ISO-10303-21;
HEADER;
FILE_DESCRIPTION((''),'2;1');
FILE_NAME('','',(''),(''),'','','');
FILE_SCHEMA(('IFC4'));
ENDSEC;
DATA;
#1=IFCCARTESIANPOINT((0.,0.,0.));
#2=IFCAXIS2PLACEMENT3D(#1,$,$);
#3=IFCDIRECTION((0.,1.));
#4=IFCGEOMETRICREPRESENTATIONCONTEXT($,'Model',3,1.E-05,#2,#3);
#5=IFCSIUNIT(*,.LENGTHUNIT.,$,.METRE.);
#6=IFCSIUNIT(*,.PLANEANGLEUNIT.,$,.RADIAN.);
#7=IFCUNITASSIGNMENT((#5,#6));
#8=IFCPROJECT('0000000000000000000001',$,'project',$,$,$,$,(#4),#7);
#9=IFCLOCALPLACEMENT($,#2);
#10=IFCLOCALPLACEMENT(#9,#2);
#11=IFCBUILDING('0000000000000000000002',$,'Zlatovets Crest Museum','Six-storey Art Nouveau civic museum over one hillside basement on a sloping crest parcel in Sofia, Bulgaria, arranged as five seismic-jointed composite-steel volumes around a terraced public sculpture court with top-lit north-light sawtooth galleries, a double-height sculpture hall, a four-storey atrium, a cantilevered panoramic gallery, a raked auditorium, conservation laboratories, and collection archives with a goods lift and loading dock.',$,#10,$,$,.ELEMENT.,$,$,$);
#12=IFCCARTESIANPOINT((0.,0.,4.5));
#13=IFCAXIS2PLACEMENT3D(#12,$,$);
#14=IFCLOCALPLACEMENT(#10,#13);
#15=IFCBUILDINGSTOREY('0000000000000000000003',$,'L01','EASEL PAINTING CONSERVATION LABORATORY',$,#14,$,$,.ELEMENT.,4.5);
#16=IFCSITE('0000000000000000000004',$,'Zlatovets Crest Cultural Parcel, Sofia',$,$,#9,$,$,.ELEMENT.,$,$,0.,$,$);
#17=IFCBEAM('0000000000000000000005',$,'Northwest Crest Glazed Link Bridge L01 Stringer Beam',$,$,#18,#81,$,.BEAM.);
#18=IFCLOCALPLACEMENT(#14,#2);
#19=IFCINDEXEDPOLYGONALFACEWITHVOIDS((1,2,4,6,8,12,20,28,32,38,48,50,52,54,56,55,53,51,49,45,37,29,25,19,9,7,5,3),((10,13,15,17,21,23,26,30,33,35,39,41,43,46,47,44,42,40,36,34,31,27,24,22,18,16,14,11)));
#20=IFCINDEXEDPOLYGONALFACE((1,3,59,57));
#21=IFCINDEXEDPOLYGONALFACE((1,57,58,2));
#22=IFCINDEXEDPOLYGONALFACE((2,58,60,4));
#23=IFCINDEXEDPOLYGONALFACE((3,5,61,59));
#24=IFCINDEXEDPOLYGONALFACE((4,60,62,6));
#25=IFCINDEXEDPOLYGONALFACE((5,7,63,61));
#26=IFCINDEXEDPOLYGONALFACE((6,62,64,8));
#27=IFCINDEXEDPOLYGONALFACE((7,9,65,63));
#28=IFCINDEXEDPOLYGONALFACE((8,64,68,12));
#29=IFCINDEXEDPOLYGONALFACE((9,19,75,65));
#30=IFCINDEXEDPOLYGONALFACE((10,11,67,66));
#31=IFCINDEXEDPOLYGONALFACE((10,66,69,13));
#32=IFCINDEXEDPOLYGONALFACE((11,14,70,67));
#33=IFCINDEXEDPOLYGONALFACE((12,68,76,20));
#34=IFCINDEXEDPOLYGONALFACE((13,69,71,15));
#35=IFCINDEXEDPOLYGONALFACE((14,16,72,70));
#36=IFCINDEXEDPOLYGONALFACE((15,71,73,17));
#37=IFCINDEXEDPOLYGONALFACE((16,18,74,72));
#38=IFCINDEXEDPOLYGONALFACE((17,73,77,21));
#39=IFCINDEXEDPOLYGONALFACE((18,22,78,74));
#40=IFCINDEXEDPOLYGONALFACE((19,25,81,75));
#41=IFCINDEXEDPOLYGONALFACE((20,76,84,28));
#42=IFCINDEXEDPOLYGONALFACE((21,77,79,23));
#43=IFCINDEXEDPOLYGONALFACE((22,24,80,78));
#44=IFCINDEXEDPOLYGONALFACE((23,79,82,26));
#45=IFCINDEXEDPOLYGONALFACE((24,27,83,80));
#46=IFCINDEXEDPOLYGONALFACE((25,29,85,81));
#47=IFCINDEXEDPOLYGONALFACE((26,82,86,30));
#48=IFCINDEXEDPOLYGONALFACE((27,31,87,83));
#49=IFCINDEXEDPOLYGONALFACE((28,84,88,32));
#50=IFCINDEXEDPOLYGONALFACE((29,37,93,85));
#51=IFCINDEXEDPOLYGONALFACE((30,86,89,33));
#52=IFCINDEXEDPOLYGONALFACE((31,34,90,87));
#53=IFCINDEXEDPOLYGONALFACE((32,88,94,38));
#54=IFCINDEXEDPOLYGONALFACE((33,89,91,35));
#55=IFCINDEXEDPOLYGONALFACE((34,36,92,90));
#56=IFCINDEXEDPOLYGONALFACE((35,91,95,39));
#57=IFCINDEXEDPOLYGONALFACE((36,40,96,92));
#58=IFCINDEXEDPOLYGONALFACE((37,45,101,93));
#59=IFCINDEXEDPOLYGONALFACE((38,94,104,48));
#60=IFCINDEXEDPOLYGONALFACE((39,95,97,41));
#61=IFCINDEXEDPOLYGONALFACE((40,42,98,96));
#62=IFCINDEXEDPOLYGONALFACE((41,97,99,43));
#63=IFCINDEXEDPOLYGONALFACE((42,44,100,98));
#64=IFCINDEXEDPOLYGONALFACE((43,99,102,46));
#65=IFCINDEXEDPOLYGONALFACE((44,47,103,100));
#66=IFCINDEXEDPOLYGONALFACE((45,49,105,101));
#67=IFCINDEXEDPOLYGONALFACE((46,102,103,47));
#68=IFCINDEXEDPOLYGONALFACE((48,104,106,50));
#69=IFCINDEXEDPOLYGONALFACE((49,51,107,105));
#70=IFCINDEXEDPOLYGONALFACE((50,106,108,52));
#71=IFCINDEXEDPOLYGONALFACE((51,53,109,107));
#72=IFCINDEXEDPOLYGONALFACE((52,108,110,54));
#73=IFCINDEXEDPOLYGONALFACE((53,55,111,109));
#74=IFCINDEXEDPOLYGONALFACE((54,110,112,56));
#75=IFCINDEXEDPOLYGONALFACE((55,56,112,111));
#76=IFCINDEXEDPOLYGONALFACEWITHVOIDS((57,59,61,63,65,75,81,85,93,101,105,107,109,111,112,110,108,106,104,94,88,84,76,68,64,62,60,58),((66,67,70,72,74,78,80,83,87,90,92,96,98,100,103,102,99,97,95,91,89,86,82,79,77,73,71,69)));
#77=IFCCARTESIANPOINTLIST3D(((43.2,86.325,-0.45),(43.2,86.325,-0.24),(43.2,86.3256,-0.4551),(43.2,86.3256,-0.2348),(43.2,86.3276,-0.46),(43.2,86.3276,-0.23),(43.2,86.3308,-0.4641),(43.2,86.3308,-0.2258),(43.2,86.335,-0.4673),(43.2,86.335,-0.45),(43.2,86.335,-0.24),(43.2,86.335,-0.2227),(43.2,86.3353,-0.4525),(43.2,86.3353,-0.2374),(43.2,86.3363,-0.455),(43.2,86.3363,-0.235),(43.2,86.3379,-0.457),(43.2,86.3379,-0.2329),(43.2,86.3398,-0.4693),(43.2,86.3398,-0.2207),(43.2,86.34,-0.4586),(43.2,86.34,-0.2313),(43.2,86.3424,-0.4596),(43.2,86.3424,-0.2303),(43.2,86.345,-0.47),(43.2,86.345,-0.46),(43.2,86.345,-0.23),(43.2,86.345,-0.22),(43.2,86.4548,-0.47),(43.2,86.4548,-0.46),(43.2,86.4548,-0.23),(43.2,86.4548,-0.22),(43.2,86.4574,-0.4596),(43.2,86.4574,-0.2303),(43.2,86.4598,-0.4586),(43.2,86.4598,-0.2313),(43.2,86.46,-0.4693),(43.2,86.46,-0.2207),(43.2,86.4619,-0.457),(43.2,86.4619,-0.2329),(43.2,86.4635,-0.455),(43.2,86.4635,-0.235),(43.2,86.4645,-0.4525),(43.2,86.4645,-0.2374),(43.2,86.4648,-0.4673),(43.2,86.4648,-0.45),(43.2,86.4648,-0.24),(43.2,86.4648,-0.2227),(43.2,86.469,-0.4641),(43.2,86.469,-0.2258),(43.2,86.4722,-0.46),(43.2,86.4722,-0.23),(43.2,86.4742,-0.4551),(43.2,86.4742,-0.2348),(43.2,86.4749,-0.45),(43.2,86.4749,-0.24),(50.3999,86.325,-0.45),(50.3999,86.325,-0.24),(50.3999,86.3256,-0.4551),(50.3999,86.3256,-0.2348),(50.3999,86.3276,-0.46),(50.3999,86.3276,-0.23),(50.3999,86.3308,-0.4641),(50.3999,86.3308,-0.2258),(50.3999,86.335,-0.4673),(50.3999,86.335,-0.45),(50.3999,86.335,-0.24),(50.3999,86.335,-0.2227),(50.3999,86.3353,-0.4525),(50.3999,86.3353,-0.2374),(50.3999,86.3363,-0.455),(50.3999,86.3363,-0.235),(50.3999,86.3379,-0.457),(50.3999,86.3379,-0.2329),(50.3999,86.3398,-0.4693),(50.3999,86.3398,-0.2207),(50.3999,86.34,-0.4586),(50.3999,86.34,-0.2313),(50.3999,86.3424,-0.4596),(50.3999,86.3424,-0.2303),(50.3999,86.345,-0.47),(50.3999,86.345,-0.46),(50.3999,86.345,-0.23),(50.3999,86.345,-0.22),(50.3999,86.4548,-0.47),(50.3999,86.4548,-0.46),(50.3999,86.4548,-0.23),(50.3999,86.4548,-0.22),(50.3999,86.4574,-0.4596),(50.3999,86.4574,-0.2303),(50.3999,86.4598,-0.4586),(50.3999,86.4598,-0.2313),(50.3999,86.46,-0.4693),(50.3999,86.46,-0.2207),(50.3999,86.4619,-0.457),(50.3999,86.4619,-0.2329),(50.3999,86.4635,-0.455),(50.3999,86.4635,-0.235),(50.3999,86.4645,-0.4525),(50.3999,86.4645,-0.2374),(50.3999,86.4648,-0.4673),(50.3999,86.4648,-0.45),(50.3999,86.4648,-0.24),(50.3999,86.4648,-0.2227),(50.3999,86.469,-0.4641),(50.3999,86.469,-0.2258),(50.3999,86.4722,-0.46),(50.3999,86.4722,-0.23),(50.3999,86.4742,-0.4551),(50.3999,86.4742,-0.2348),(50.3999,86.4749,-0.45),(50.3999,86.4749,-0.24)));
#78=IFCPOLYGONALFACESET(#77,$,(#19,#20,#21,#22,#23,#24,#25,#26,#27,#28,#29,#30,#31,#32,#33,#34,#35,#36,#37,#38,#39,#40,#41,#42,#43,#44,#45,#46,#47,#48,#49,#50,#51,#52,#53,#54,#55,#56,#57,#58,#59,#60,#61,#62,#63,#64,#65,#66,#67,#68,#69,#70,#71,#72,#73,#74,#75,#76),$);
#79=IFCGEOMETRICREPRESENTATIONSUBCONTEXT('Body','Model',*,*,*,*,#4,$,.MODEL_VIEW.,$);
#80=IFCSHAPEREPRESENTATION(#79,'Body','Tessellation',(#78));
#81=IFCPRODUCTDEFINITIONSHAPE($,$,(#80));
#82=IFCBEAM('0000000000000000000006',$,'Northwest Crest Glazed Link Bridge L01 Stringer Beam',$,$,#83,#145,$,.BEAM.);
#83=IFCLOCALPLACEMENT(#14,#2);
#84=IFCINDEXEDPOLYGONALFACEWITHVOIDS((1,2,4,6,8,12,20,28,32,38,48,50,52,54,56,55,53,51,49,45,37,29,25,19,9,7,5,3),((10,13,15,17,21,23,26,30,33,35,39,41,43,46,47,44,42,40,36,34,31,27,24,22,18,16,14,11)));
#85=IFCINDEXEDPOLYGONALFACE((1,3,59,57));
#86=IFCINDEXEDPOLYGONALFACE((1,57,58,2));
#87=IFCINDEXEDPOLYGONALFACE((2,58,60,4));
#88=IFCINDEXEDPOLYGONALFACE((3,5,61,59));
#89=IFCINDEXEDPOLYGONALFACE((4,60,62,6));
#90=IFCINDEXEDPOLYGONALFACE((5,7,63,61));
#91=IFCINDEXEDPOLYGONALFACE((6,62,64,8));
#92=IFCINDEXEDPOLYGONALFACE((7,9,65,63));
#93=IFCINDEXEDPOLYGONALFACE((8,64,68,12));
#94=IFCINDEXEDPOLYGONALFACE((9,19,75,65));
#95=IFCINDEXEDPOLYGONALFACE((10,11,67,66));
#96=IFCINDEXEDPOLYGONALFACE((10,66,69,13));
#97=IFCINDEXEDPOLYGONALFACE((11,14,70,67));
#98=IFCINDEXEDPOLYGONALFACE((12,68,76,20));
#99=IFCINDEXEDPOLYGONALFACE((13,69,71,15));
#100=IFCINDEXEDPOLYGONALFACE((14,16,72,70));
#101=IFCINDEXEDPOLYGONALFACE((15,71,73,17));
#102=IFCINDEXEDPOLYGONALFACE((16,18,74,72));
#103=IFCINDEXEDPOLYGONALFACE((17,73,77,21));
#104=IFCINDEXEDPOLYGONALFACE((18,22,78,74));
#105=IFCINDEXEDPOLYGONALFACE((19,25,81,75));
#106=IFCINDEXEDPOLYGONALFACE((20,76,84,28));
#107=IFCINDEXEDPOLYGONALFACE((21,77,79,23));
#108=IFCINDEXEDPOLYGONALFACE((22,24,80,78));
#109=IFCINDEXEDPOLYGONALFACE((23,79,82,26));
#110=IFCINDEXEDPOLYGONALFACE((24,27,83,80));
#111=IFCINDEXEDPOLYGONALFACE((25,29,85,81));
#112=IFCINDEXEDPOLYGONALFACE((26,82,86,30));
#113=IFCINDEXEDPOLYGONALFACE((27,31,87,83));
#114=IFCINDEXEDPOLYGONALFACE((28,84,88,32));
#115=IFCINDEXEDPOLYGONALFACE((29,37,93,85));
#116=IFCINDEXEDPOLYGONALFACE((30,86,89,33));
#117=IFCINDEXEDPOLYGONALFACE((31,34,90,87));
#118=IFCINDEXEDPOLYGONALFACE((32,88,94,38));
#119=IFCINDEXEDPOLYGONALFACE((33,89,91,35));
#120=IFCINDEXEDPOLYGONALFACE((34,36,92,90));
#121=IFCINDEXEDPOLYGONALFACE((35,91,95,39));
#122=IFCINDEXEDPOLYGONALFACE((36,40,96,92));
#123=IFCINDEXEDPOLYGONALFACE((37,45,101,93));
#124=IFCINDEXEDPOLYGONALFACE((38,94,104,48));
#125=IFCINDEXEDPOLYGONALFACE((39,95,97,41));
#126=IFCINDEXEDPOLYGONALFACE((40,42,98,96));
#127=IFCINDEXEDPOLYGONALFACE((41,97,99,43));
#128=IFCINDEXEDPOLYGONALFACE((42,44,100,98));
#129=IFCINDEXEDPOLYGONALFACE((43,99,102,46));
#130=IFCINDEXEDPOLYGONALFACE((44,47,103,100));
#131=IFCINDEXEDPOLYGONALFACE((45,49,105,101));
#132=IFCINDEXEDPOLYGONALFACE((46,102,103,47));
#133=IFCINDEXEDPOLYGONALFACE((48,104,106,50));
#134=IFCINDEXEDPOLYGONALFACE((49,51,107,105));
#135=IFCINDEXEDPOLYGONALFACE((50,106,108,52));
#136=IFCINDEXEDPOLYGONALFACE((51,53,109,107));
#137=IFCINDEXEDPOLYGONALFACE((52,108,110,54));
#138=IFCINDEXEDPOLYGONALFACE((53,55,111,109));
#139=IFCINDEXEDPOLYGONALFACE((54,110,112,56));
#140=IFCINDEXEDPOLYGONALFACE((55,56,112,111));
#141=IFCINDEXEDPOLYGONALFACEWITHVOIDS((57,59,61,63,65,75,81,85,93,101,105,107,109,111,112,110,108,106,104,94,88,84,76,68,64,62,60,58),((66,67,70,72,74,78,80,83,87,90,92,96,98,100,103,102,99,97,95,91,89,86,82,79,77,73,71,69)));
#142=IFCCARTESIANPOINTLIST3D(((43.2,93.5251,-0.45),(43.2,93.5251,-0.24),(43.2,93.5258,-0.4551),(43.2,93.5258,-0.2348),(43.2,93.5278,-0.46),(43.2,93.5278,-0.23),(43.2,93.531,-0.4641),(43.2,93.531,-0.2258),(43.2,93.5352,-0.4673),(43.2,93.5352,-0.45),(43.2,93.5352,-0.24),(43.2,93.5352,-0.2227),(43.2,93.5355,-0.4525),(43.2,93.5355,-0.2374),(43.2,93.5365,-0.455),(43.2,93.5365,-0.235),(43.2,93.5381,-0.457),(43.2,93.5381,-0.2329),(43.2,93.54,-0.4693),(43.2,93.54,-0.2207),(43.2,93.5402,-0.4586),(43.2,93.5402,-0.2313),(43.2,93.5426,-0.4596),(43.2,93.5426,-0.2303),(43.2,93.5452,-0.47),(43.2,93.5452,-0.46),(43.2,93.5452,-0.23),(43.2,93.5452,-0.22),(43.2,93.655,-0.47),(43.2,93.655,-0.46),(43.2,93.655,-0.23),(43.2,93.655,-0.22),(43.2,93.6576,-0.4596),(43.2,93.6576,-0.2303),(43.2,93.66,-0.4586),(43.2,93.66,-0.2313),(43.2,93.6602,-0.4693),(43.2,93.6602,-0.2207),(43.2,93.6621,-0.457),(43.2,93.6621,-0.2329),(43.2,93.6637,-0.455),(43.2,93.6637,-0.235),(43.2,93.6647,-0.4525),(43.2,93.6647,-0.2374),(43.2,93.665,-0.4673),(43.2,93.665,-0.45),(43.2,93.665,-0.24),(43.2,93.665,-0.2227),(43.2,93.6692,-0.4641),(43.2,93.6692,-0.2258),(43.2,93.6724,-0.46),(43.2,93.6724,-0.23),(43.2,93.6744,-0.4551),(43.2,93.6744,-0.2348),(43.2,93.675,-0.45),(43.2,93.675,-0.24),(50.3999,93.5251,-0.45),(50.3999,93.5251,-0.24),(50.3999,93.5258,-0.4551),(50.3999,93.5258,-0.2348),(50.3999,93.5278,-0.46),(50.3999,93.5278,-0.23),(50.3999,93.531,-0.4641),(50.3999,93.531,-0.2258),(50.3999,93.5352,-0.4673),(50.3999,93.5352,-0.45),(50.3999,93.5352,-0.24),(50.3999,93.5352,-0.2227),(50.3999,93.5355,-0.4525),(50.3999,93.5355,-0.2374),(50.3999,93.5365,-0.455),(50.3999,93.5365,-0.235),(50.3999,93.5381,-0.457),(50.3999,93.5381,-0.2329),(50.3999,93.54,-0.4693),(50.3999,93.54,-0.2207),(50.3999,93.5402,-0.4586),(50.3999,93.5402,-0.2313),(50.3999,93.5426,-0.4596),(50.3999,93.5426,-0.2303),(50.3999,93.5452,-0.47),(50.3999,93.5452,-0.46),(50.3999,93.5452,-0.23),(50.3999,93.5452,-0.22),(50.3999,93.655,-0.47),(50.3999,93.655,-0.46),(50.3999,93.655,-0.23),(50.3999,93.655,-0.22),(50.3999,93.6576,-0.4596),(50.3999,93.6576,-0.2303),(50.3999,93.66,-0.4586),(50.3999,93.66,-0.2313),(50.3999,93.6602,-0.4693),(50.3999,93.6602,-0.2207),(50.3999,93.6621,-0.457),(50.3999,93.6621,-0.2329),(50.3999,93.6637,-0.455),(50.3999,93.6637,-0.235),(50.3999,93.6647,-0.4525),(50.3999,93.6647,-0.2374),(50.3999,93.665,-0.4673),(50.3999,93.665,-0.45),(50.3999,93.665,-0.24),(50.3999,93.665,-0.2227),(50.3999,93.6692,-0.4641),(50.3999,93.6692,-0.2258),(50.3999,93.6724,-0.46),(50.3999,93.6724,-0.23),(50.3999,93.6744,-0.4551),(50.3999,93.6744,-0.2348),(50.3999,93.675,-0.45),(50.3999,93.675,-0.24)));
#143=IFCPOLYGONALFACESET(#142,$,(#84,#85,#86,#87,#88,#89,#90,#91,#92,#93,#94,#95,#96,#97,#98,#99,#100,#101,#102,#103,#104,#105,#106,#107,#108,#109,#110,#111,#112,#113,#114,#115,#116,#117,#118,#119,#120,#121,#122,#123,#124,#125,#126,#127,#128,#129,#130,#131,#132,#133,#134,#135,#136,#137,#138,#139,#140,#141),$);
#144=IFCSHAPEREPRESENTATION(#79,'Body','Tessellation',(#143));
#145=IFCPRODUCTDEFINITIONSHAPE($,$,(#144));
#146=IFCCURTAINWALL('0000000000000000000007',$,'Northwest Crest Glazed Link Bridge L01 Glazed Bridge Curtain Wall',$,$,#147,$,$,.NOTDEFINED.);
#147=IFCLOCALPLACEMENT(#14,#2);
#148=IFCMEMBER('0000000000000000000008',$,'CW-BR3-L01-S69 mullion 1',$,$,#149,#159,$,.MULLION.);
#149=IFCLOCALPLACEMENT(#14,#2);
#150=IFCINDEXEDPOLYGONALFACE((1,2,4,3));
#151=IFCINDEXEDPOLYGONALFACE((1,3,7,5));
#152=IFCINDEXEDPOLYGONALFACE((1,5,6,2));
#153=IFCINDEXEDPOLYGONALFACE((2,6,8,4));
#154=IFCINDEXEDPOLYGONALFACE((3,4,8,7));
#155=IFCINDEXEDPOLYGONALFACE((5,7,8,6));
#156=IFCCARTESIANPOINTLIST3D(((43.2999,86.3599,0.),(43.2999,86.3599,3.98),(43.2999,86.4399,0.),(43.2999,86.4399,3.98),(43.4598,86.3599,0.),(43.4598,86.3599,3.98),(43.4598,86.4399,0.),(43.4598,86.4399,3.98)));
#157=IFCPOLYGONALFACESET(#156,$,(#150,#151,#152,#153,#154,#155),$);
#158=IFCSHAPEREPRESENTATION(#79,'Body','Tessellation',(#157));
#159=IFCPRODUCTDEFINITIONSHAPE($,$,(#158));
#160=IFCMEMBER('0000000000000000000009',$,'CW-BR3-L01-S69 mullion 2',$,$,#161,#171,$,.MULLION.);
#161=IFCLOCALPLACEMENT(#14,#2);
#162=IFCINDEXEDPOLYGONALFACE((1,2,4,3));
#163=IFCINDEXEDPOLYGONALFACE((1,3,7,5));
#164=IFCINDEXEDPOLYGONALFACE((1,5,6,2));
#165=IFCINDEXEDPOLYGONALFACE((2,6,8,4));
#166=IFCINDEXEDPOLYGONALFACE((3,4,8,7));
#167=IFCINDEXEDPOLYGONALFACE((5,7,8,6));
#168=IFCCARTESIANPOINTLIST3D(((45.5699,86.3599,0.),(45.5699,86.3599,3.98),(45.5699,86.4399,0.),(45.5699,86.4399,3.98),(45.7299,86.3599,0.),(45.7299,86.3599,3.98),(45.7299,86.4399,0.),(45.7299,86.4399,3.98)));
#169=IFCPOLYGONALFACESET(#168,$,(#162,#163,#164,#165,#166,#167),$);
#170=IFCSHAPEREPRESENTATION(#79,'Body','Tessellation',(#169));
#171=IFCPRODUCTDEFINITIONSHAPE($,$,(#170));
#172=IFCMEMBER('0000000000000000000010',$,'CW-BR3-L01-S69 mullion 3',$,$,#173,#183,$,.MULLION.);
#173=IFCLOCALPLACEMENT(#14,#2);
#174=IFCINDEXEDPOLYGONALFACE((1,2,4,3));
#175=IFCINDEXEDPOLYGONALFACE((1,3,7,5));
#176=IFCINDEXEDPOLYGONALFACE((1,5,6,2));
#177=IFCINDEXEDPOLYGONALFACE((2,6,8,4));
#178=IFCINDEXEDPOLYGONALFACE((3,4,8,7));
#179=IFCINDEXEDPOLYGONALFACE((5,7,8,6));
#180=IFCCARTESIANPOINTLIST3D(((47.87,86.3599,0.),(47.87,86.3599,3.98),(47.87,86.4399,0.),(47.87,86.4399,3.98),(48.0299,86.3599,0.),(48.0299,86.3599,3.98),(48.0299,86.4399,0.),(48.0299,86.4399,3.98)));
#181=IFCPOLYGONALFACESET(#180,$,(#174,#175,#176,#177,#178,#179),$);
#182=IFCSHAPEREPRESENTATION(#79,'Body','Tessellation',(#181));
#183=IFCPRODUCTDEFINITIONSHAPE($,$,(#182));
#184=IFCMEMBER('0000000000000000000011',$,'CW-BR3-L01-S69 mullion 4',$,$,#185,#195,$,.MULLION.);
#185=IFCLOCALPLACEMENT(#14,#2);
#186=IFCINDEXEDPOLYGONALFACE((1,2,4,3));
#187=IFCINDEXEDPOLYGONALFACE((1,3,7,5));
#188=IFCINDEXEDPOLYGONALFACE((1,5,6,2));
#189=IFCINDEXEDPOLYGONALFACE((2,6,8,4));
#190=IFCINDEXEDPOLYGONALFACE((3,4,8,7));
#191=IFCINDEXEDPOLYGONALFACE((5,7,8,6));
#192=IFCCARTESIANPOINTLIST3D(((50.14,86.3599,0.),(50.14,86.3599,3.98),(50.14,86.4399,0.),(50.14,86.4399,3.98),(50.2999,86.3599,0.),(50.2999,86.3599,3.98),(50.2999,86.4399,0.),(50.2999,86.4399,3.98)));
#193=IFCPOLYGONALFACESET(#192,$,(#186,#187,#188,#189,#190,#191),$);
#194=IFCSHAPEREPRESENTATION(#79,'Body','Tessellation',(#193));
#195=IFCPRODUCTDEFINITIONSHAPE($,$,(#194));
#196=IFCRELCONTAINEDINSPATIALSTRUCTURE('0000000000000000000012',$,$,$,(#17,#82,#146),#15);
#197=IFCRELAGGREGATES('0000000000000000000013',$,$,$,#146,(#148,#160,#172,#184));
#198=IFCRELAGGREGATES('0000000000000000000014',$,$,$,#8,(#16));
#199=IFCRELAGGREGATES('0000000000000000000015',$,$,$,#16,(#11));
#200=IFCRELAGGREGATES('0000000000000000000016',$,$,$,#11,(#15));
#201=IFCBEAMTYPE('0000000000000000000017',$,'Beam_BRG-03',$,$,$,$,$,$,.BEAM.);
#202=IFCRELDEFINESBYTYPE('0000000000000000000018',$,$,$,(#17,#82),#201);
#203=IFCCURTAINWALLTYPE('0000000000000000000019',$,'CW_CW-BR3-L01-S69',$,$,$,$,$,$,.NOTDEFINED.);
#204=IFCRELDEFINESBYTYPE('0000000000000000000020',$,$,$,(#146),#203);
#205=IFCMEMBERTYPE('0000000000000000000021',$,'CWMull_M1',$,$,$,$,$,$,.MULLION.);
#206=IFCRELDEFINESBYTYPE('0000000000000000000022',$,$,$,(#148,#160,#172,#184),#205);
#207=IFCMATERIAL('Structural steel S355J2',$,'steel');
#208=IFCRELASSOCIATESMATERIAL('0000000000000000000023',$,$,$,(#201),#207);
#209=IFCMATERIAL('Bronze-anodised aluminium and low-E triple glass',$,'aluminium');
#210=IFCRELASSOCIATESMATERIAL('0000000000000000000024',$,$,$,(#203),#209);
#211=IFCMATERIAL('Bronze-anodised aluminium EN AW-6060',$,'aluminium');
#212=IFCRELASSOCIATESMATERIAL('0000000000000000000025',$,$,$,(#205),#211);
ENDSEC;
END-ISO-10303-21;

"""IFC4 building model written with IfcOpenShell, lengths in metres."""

from ifc_helpers import new_model, si_unit, direction, frame, origin, origin_2d, place, context, subcontext, project, spatial, rectangle, hollow_rectangle, extrude, material, material_profile, profile_set, type_object, element, aggregate, save


model = new_model("IFC4")

# Units and contexts
model_context = context("Model", 3, precision=1e-05, world=origin(), true_north=direction((0.0, 1.0)))
body_context = subcontext(model_context, "Body", "Model", "MODEL_VIEW")
ifc_project = project(units=[si_unit("LENGTHUNIT", "METRE"), si_unit("PLANEANGLEUNIT", "RADIAN")], contexts=[model_context])

# Site, building, storey
site_placement = place(None, origin())
site = spatial("IfcSite", under=ifc_project, at=site_placement, Name="Zlatovets Crest Cultural Parcel, Sofia", CompositionType="ELEMENT", RefElevation=0.0)
building_placement = place(site_placement, origin())
building = spatial("IfcBuilding", under=site, at=building_placement, Name="Zlatovets Crest Museum", Description="Six-storey Art Nouveau civic museum over one hillside basement on a sloping crest parcel in Sofia, Bulgaria, arranged as five seismic-jointed composite-steel volumes around a terraced public sculpture court with top-lit north-light sawtooth galleries, a double-height sculpture hall, a four-storey atrium, a cantilevered panoramic gallery, a raked auditorium, conservation laboratories, and collection archives with a goods lift and loading dock.", CompositionType="ELEMENT")
storey_placement = place(building_placement, frame((0.0, 0.0, 4.5)))
storey = spatial("IfcBuildingStorey", under=building, at=storey_placement, Name="L01", Description="EASEL PAINTING CONSERVATION LABORATORY", CompositionType="ELEMENT", Elevation=4.5)

# Shared definitions
ifc_material_1 = material(Name="Structural steel S355J2", Category="steel")

# Beams
ifc_material_profile_1 = material_profile(ifc_material_1, hollow_rectangle(XDim=0.1499, YDim=0.25, WallThickness=0.01, InnerFilletRadius=0.01, OuterFilletRadius=0.02, at=origin_2d()), Name="RHS 150x250x10.0")
ifc_profile_set_1 = profile_set([ifc_material_profile_1], Name="Structural steel S355J2")
beam_type_1 = type_object("IfcBeamType", Name="Beam_BRG-03", PredefinedType="BEAM", material=ifc_profile_set_1)
for number, where, z_axis, x_axis, name in (
    (1, (43.2, 86.3999, -0.345), (1.0, 0.0, 0.0), (0.0, 1.0, 0.0), "Northwest Crest Glazed Link Bridge L01 Stringer Beam"),
    (2, (43.2, 93.6001, -0.345), (1.0, 0.0, 0.0), (0.0, 1.0, 0.0), "Northwest Crest Glazed Link Bridge L01 Stringer Beam"),
):
    element("IfcBeam", number, at=place(storey_placement, frame(where, z_axis=z_axis, x_axis=x_axis)), inside=storey, type_object=beam_type_1, Name=name, PredefinedType="BEAM", context=body_context, shape_type="SweptSolid", body=[
        extrude(hollow_rectangle(XDim=0.1499, YDim=0.25, WallThickness=0.01, InnerFilletRadius=0.01, OuterFilletRadius=0.02, at=origin_2d()), origin(), (0.0, 0.0, 1.0), 7.2),
    ])

# Curtain wall, members
ifc_material_2 = material(Name="Bronze-anodised aluminium and low-E triple glass", Category="aluminium")
curtain_wall_type = type_object("IfcCurtainWallType", Name="CW_CW-BR3-L01-S69", PredefinedType="NOTDEFINED", material=ifc_material_2)
curtain_wall_1_placement = place(storey_placement, origin())
curtain_wall_1 = element("IfcCurtainWall", 3, at=curtain_wall_1_placement, inside=storey, type_object=curtain_wall_type, Name="Northwest Crest Glazed Link Bridge L01 Glazed Bridge Curtain Wall", PredefinedType="NOTDEFINED")
ifc_material_3 = material(Name="Bronze-anodised aluminium EN AW-6060", Category="aluminium")
ifc_material_profile_2 = material_profile(ifc_material_3, rectangle(XDim=0.0801, YDim=0.1599, at=origin_2d()), Name="ALU 80x160")
ifc_profile_set_2 = profile_set([ifc_material_profile_2], Name="Bronze-anodised aluminium EN AW-6060")
member_type_1 = type_object("IfcMemberType", Name="CWMull_M1", PredefinedType="MULLION", material=ifc_profile_set_2)
member_1_placement = place(storey_placement, frame((43.3799, 86.3999, 0.0), z_axis=(0.0, 0.0, 1.0), x_axis=(0.0, 1.0, 0.0)))
member_1 = element("IfcMember", 4, at=member_1_placement, type_object=member_type_1, Name="CW-BR3-L01-S69 mullion 1", PredefinedType="MULLION", context=body_context, shape_type="SweptSolid", body=[
    extrude(rectangle(XDim=0.0801, YDim=0.1599, at=origin_2d()), origin(), (0.0, 0.0, 1.0), 3.98),
])
member_2_placement = place(storey_placement, frame((45.6499, 86.3999, 0.0), z_axis=(0.0, 0.0, 1.0), x_axis=(0.0, 1.0, 0.0)))
member_2 = element("IfcMember", 5, at=member_2_placement, type_object=member_type_1, Name="CW-BR3-L01-S69 mullion 2", PredefinedType="MULLION", context=body_context, shape_type="SweptSolid", body=[
    extrude(rectangle(XDim=0.0801, YDim=0.1599, at=origin_2d()), origin(), (0.0, 0.0, 1.0), 3.98),
])
member_3_placement = place(storey_placement, frame((47.95, 86.3999, 0.0), z_axis=(0.0, 0.0, 1.0), x_axis=(0.0, 1.0, 0.0)))
member_3 = element("IfcMember", 6, at=member_3_placement, type_object=member_type_1, Name="CW-BR3-L01-S69 mullion 3", PredefinedType="MULLION", context=body_context, shape_type="SweptSolid", body=[
    extrude(rectangle(XDim=0.0801, YDim=0.1599, at=origin_2d()), origin(), (0.0, 0.0, 1.0), 3.98),
])
member_4_placement = place(storey_placement, frame((50.22, 86.3999, 0.0), z_axis=(0.0, 0.0, 1.0), x_axis=(0.0, 1.0, 0.0)))
member_4 = element("IfcMember", 7, at=member_4_placement, type_object=member_type_1, Name="CW-BR3-L01-S69 mullion 4", PredefinedType="MULLION", context=body_context, shape_type="SweptSolid", body=[
    extrude(rectangle(XDim=0.0801, YDim=0.1599, at=origin_2d()), origin(), (0.0, 0.0, 1.0), 3.98),
])

aggregate(curtain_wall_1, [member_1, member_2, member_3, member_4])

save(model, "model.ifc")
